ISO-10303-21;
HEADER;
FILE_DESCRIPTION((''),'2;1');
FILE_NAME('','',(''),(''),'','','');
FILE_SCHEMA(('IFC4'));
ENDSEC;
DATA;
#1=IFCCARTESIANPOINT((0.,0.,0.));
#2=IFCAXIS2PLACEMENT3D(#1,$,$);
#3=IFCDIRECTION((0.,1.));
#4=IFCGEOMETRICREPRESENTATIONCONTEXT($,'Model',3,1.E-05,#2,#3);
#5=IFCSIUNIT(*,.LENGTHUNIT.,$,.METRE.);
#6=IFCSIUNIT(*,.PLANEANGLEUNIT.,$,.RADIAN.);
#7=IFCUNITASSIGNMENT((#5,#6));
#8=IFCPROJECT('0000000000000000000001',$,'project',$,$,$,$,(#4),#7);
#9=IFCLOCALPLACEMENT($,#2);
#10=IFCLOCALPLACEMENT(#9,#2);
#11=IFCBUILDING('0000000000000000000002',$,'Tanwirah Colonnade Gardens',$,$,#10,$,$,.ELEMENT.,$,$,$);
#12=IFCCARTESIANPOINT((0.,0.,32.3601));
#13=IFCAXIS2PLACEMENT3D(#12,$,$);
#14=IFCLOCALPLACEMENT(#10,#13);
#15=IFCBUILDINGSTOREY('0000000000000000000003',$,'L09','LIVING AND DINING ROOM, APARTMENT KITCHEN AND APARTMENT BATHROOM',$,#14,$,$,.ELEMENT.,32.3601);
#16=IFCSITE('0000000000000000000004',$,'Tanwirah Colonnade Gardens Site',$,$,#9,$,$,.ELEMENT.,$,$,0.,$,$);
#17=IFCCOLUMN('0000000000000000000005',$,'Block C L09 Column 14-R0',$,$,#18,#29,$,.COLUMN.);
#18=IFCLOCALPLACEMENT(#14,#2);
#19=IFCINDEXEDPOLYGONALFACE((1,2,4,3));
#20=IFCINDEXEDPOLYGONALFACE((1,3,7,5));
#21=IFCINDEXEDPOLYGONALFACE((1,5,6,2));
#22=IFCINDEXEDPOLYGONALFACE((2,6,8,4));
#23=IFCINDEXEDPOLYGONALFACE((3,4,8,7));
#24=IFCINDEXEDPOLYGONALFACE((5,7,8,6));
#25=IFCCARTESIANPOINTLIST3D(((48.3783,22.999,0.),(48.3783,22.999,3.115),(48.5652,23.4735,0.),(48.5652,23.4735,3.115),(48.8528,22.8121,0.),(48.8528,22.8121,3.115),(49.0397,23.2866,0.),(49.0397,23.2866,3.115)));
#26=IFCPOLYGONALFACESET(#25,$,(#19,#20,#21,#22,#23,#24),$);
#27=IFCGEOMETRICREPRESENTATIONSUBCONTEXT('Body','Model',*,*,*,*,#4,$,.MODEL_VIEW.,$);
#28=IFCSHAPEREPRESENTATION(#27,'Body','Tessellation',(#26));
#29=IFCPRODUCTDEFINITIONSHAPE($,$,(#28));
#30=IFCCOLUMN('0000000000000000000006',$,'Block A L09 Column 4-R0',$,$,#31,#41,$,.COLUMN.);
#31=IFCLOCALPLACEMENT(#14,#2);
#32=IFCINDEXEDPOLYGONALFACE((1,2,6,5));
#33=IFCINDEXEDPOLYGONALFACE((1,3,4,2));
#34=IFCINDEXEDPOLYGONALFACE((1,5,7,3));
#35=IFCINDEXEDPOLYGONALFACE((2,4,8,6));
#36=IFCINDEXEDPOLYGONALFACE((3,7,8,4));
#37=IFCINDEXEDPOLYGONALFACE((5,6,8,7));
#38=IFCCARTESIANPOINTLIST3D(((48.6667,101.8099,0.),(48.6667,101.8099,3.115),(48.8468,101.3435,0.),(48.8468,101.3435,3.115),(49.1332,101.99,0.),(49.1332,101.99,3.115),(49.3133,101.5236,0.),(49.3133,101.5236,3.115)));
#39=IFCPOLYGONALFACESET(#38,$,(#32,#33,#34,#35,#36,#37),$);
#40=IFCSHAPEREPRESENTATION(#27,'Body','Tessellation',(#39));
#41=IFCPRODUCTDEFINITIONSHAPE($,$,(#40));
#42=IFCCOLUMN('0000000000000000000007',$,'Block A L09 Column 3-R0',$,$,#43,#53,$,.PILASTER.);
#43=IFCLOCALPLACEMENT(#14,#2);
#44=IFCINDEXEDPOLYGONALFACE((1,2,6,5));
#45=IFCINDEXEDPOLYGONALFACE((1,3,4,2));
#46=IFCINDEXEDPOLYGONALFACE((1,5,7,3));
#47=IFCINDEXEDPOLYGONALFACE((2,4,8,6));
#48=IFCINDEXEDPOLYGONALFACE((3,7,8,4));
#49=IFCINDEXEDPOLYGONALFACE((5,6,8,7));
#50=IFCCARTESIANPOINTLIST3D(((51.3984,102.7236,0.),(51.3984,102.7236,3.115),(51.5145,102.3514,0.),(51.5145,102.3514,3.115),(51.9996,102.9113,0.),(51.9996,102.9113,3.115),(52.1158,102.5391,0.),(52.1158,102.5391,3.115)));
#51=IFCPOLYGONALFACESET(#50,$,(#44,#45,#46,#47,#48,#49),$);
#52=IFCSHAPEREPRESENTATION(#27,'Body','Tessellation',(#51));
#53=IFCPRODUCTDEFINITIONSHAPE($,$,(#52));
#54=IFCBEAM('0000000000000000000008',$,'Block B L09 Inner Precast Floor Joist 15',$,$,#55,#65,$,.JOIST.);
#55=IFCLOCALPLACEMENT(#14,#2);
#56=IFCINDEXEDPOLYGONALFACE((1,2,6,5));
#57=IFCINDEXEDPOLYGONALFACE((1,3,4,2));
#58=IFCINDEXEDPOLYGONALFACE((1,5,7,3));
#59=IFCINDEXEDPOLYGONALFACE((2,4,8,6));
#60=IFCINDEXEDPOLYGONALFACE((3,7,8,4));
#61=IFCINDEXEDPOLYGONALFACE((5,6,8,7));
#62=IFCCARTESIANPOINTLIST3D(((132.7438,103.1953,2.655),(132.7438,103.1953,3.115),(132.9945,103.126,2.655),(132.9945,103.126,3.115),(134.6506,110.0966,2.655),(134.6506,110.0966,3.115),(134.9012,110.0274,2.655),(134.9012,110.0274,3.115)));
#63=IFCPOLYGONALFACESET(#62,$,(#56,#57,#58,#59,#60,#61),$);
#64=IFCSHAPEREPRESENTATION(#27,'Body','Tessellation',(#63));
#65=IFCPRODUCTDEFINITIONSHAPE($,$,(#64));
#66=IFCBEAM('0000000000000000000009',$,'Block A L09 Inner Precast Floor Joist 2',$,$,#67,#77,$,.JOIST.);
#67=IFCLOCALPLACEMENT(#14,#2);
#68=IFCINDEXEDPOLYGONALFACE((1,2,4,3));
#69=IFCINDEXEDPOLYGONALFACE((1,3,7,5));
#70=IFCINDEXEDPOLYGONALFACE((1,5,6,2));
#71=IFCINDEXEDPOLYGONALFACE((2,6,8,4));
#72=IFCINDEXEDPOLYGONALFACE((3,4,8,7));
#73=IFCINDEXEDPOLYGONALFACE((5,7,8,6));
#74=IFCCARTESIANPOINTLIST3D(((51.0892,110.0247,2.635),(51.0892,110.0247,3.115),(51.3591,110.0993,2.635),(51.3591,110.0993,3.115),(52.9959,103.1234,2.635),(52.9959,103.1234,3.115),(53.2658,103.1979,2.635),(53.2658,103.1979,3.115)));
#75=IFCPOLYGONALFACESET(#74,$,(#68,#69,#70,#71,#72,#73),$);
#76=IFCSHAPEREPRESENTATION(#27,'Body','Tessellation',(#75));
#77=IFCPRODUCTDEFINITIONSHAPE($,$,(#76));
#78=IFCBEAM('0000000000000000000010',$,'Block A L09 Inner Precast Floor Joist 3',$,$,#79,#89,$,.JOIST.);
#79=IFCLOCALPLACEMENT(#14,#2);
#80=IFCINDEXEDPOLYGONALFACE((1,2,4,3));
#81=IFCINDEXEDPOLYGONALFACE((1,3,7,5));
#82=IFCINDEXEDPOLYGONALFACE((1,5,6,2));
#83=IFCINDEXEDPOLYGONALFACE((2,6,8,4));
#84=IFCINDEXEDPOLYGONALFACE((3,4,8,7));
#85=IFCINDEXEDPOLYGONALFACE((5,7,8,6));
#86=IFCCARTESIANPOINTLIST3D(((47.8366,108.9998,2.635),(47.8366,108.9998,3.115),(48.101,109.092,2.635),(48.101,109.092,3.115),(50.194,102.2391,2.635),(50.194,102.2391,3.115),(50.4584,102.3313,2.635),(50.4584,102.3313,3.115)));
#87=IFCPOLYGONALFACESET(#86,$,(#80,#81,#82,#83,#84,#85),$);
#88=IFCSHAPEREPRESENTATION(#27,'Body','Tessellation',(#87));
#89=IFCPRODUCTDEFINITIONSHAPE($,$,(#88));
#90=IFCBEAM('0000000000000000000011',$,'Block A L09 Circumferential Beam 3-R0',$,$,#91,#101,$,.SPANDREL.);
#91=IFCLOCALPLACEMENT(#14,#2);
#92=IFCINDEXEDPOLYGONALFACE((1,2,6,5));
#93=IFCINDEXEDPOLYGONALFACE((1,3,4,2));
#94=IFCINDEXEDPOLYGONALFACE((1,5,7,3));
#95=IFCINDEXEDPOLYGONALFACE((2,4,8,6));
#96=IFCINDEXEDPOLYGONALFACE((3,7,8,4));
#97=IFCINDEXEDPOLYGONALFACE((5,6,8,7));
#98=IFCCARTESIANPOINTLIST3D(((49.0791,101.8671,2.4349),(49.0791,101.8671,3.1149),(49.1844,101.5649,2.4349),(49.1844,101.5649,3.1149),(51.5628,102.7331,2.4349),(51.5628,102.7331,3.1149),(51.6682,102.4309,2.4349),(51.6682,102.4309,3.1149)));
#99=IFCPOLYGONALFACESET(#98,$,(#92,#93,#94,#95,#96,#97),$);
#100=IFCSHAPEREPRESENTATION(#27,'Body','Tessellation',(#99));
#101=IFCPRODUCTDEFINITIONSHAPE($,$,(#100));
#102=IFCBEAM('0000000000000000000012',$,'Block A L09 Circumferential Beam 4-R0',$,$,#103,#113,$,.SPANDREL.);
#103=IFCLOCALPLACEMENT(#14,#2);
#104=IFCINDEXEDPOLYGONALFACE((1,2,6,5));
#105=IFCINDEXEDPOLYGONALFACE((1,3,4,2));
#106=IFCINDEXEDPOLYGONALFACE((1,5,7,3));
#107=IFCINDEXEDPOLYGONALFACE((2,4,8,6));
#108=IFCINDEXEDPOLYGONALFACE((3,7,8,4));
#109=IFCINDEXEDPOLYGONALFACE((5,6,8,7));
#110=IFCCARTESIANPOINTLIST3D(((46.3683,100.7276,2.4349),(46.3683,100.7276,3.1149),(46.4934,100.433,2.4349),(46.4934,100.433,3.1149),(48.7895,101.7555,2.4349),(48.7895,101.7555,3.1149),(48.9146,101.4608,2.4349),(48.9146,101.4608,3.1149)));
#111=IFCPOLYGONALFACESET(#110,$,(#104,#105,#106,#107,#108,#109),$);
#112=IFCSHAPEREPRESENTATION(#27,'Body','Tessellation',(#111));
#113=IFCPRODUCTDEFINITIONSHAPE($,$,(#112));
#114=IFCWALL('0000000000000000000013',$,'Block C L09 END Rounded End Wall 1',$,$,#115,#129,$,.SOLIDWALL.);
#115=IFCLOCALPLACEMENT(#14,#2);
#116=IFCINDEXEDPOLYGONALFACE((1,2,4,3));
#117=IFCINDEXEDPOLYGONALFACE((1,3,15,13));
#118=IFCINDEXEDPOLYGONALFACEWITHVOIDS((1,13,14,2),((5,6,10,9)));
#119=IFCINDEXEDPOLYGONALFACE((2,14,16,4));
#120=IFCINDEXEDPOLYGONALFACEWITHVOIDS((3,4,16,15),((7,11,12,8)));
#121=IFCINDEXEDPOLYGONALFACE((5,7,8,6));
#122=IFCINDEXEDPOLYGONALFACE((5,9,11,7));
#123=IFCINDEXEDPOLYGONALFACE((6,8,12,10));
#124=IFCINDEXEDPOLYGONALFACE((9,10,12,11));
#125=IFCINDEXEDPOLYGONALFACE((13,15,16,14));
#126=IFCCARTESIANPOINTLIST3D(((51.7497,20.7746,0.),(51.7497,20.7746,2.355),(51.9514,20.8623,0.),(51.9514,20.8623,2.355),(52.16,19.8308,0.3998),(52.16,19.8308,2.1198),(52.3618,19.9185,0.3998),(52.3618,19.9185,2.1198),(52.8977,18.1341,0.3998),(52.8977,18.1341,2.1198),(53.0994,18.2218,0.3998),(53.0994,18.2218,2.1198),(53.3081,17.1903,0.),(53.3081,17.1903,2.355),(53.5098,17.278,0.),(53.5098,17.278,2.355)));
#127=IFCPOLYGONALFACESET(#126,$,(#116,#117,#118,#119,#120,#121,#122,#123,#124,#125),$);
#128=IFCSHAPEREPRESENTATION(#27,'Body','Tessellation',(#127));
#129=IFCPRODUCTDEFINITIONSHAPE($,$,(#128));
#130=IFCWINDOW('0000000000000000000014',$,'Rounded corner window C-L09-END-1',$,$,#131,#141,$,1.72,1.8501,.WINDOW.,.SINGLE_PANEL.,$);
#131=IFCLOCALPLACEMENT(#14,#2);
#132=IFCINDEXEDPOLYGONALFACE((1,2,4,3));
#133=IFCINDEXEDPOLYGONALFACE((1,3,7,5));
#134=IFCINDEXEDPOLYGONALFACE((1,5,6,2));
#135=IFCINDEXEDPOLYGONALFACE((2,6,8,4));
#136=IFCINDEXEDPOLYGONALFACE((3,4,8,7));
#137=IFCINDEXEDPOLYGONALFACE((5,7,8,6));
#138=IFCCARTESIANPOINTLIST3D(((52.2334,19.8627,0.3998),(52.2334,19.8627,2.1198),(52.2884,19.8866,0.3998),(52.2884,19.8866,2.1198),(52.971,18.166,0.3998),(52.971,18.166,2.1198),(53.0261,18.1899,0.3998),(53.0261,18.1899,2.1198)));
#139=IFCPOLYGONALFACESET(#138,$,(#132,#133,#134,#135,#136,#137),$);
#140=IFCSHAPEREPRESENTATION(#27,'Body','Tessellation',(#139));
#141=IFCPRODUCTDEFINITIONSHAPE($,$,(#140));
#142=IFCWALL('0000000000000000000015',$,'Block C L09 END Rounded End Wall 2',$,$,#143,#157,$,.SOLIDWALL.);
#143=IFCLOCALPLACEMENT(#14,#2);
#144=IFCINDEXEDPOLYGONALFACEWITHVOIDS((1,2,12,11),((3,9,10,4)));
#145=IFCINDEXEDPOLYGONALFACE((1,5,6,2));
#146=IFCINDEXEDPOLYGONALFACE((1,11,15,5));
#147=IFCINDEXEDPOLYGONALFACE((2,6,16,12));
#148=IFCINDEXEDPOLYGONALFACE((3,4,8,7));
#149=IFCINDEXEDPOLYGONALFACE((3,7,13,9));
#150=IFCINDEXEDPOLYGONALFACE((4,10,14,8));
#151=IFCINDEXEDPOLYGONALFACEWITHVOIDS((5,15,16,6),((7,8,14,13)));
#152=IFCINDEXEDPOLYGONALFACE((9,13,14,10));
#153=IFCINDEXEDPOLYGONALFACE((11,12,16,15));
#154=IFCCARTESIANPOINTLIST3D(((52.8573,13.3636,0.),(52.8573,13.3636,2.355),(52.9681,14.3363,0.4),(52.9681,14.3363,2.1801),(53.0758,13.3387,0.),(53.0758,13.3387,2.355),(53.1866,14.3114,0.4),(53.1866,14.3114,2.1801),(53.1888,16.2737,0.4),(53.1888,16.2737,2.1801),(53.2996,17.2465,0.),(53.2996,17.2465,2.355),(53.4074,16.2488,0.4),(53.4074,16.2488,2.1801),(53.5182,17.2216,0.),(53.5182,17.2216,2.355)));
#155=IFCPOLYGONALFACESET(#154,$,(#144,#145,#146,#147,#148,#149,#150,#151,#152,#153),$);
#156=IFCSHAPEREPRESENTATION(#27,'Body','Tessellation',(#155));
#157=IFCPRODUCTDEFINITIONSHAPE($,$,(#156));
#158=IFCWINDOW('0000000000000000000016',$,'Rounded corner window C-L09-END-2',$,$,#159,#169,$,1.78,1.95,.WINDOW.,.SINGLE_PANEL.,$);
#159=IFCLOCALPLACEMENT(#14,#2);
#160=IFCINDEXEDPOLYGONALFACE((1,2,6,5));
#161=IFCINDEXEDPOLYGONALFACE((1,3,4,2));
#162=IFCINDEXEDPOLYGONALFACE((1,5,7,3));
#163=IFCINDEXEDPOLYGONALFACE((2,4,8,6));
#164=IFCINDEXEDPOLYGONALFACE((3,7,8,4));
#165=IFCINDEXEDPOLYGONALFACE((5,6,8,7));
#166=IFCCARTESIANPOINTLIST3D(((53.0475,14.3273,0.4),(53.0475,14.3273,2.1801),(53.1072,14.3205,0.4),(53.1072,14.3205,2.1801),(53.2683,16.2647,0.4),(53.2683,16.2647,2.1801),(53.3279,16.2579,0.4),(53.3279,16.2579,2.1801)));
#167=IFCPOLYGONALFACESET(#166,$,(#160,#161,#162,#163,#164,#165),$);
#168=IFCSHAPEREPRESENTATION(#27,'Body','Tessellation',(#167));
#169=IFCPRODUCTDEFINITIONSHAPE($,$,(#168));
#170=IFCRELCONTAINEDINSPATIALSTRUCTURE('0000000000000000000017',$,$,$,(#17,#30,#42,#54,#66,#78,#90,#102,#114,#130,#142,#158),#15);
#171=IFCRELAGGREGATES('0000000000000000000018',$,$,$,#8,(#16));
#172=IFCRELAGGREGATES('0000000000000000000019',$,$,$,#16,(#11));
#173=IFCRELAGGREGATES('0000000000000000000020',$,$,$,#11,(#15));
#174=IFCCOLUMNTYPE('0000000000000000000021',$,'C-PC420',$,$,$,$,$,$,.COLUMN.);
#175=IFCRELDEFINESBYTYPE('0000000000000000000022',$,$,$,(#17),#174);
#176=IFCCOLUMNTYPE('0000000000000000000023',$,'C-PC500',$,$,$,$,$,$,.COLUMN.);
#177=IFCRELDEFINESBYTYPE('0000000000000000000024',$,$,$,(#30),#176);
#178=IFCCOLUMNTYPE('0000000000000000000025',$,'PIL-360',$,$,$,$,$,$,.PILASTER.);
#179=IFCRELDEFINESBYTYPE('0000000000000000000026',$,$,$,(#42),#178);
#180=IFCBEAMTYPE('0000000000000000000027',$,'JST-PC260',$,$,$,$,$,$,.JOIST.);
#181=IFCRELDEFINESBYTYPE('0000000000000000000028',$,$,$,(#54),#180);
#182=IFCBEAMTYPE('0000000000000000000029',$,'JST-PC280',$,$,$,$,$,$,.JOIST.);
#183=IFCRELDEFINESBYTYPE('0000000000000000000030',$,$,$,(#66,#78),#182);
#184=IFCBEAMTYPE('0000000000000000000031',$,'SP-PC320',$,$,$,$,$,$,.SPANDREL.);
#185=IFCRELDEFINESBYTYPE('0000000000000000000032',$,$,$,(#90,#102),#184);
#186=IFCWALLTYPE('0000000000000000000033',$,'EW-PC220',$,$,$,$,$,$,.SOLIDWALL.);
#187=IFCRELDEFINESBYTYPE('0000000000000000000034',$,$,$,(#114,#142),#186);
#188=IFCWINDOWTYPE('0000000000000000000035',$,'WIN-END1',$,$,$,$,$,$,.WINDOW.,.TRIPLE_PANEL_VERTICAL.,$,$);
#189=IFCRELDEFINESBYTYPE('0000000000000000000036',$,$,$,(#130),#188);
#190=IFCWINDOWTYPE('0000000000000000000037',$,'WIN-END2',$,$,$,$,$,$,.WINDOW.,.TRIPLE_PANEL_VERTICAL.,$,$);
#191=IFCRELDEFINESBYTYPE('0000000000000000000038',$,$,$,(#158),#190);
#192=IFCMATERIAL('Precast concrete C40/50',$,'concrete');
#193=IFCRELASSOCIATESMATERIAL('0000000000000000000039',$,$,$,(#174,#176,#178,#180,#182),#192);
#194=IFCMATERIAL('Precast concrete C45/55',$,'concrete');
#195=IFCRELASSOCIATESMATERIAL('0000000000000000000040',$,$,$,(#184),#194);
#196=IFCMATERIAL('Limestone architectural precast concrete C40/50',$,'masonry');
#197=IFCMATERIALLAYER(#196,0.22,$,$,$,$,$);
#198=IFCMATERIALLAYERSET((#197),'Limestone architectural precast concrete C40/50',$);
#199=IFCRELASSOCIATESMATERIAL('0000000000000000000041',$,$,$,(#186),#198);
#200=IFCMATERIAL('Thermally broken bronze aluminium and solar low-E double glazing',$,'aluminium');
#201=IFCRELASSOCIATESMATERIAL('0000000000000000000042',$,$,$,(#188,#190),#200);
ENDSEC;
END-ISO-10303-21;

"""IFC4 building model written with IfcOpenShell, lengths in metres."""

from ifc_helpers import new_model, si_unit, direction, frame, frame_2d, origin, origin_2d, place, context, subcontext, project, spatial, rectangle, extrude, material, layer, layer_set, material_profile, profile_set, type_object, element, fill, save


model = new_model("IFC4")

# Units and contexts
model_context = context("Model", 3, precision=1e-05, world=origin(), true_north=direction((0.0, 1.0)))
body_context = subcontext(model_context, "Body", "Model", "MODEL_VIEW")
ifc_project = project(units=[si_unit("LENGTHUNIT", "METRE"), si_unit("PLANEANGLEUNIT", "RADIAN")], contexts=[model_context])

# Site, building, storey
site_placement = place(None, origin())
site = spatial("IfcSite", under=ifc_project, at=site_placement, Name="Tanwirah Colonnade Gardens Site", CompositionType="ELEMENT", RefElevation=0.0)
building_placement = place(site_placement, origin())
building = spatial("IfcBuilding", under=site, at=building_placement, Name="Tanwirah Colonnade Gardens", CompositionType="ELEMENT")
storey_placement = place(building_placement, frame((0.0, 0.0, 32.3601)))
storey = spatial("IfcBuildingStorey", under=building, at=storey_placement, Name="L09", Description="LIVING AND DINING ROOM, APARTMENT KITCHEN AND APARTMENT BATHROOM", CompositionType="ELEMENT", Elevation=32.3601)

# Columns
ifc_material_1 = material(Name="Precast concrete C40/50", Category="concrete")
ifc_material_profile_1 = material_profile(ifc_material_1, rectangle(XDim=0.51, YDim=0.51, at=origin_2d()), Name="PC-COL 510x510")
ifc_profile_set_1 = profile_set([ifc_material_profile_1], Name="Precast concrete C40/50")
column_type_1 = type_object("IfcColumnType", Name="C-PC420", PredefinedType="COLUMN", material=ifc_profile_set_1)
column_1_placement = place(storey_placement, frame((48.709, 23.1428, 0.0), z_axis=(0.0, 0.0, 1.0), x_axis=(-0.366501, -0.930418, 0.0)))
element("IfcColumn", 1, at=column_1_placement, inside=storey, type_object=column_type_1, Name="Block C L09 Column 14-R0", PredefinedType="COLUMN", context=body_context, shape_type="SweptSolid", body=[
    extrude(rectangle(XDim=0.51, YDim=0.51, at=origin_2d()), origin(), (0.0, 0.0, 1.0), 3.115),
])
ifc_material_profile_2 = material_profile(ifc_material_1, rectangle(XDim=0.5, YDim=0.5, at=origin_2d()), Name="PC-COL 500x500")
ifc_profile_set_2 = profile_set([ifc_material_profile_2], Name="Precast concrete C40/50")
column_type_2 = type_object("IfcColumnType", Name="C-PC500", PredefinedType="COLUMN", material=ifc_profile_set_2)
column_2_placement = place(storey_placement, frame((48.99, 101.6667, 0.0), z_axis=(0.0, 0.0, 1.0), x_axis=(-0.360178, 0.932884, 0.0)))
element("IfcColumn", 2, at=column_2_placement, inside=storey, type_object=column_type_2, Name="Block A L09 Column 4-R0", PredefinedType="COLUMN", context=body_context, shape_type="SweptSolid", body=[
    extrude(rectangle(XDim=0.5, YDim=0.5, at=origin_2d()), origin(), (0.0, 0.0, 1.0), 3.115),
])
ifc_material_profile_3 = material_profile(ifc_material_1, rectangle(XDim=0.3899, YDim=0.6299, at=origin_2d()), Name="PC-PIL 390x630")
ifc_profile_set_3 = profile_set([ifc_material_profile_3], Name="Precast concrete C40/50")
column_type_3 = type_object("IfcColumnType", Name="PIL-360", PredefinedType="PILASTER", material=ifc_profile_set_3)
column_3_placement = place(storey_placement, frame((51.7571, 102.6313, 0.0), z_axis=(0.0, 0.0, 1.0), x_axis=(-0.29793, 0.954588, 0.0)))
element("IfcColumn", 3, at=column_3_placement, inside=storey, type_object=column_type_3, Name="Block A L09 Column 3-R0", PredefinedType="PILASTER", context=body_context, shape_type="SweptSolid", body=[
    extrude(rectangle(XDim=0.3899, YDim=0.6299, at=origin_2d()), origin(), (0.0, 0.0, 1.0), 3.115),
])

# Beams
ifc_material_profile_4 = material_profile(ifc_material_1, rectangle(XDim=0.26, YDim=0.46, at=origin_2d()), Name="PC-JST 260x460")
ifc_profile_set_4 = profile_set([ifc_material_profile_4], Name="Precast concrete C40/50")
beam_type_1 = type_object("IfcBeamType", Name="JST-PC260", PredefinedType="JOIST", material=ifc_profile_set_4)
beam_placement = place(storey_placement, frame((132.8691, 103.1606, 2.885), z_axis=(0.266307, 0.963888, 0.0), x_axis=(-0.963888, 0.266307, 0.0)))
element("IfcBeam", 4, at=beam_placement, inside=storey, type_object=beam_type_1, Name="Block B L09 Inner Precast Floor Joist 15", PredefinedType="JOIST", context=body_context, shape_type="SweptSolid", body=[
    extrude(rectangle(XDim=0.26, YDim=0.46, at=origin_2d()), origin(), (0.0, 0.0, 1.0), 7.1599),
])
ifc_material_profile_5 = material_profile(ifc_material_1, rectangle(XDim=0.28, YDim=0.48, at=origin_2d()), Name="PC-JST 280x480")
ifc_profile_set_5 = profile_set([ifc_material_profile_5], Name="Precast concrete C40/50")
beam_type_2 = type_object("IfcBeamType", Name="JST-PC280", PredefinedType="JOIST", material=ifc_profile_set_5)
for number, where, z_axis, x_axis, name in (
    (5, (53.1309, 103.1606, 2.875), (-0.266307, 0.963888, 0.0), (-0.963888, -0.266307, 0.0), "Block A L09 Inner Precast Floor Joist 2"),
    (6, (50.3262, 102.2852, 2.875), (-0.329251, 0.944243, 0.0), (-0.944243, -0.329251, 0.0), "Block A L09 Inner Precast Floor Joist 3"),
):
    element("IfcBeam", number, at=place(storey_placement, frame(where, z_axis=z_axis, x_axis=x_axis)), inside=storey, type_object=beam_type_2, Name=name, PredefinedType="JOIST", context=body_context, shape_type="SweptSolid", body=[
        extrude(rectangle(XDim=0.28, YDim=0.48, at=origin_2d()), origin(), (0.0, 0.0, 1.0), 7.1599),
    ])
ifc_material_2 = material(Name="Precast concrete C45/55", Category="concrete")
ifc_material_profile_6 = material_profile(ifc_material_2, rectangle(XDim=0.3201, YDim=0.6799, at=origin_2d()), Name="PC-SP 320x680")
ifc_profile_set_6 = profile_set([ifc_material_profile_6], Name="Precast concrete C45/55")
beam_type_3 = type_object("IfcBeamType", Name="SP-PC320", PredefinedType="SPANDREL", material=ifc_profile_set_6)
for number, where, z_axis, x_axis, name in (
    (7, (51.6155, 102.582, 2.7749), (-0.94425, -0.32923, 0.0), (0.32923, -0.94425, 0.0), "Block A L09 Circumferential Beam 3-R0"),
    (8, (48.8521, 101.6082, 2.7749), (-0.920489, -0.390769, 0.0), (0.390769, -0.920489, 0.0), "Block A L09 Circumferential Beam 4-R0"),
):
    element("IfcBeam", number, at=place(storey_placement, frame(where, z_axis=z_axis, x_axis=x_axis)), inside=storey, type_object=beam_type_3, Name=name, PredefinedType="SPANDREL", context=body_context, shape_type="SweptSolid", body=[
        extrude(rectangle(XDim=0.3201, YDim=0.6799, at=origin_2d()), origin(), (0.0, 0.0, 1.0), 2.6304),
    ])

# Walls, openings, windows
ifc_material_3 = material(Name="Limestone architectural precast concrete C40/50", Category="masonry")
ifc_layer_1 = layer(ifc_material_3, 0.22)
ifc_layer_set_1 = layer_set([ifc_layer_1], Name="Limestone architectural precast concrete C40/50")
wall_type_1 = type_object("IfcWallType", Name="EW-PC220", PredefinedType="SOLIDWALL", material=ifc_layer_set_1)
wall_1_placement = place(storey_placement, frame((51.8506, 20.8184, 0.0), z_axis=(0.0, 0.0, 1.0), x_axis=(0.398724, -0.917071, 0.0)))
wall_1 = element("IfcWall", 9, at=wall_1_placement, inside=storey, type_object=wall_type_1, Name="Block C L09 END Rounded End Wall 1", PredefinedType="SOLIDWALL", context=body_context, shape_type="SweptSolid", body=[
    extrude(rectangle(XDim=3.9084, YDim=0.22, at=frame_2d((1.9541, 0.0))), origin(), (0.0, 0.0, 1.0), 2.355),
])
opening_1_placement = place(wall_1_placement, frame((1.0291, 0.0, 0.3999)))
opening_1 = element("IfcOpeningElement", 10, at=opening_1_placement, cuts=wall_1, PredefinedType="OPENING", context=body_context, shape_type="SweptSolid", body=[
    extrude(rectangle(XDim=1.8501, YDim=1.72, at=frame_2d((0.925, 0.8599))), frame((0.0, 0.1199, 0.0), z_axis=(0.0, -1.0, 0.0), x_axis=(1.0, 0.0, 0.0)), (0.0, 0.0, 1.0), 0.24),
])
ifc_material_4 = material(Name="Thermally broken bronze aluminium and solar low-E double glazing", Category="aluminium")
window_type_1 = type_object("IfcWindowType", Name="WIN-END1", PartitioningType="TRIPLE_PANEL_VERTICAL", PredefinedType="WINDOW", material=ifc_material_4)
window_1_placement = place(opening_1_placement, origin())
window_1 = element("IfcWindow", 11, at=window_1_placement, inside=storey, type_object=window_type_1, Name="Rounded corner window C-L09-END-1", OverallHeight=1.72, OverallWidth=1.8501, PartitioningType="SINGLE_PANEL", PredefinedType="WINDOW", context=body_context, shape_type="SweptSolid", body=[
    extrude(rectangle(XDim=1.8501, YDim=1.72, at=frame_2d((0.925, 0.8599))), frame((0.0, 0.03, 0.0), z_axis=(0.0, -1.0, 0.0), x_axis=(1.0, 0.0, 0.0)), (0.0, 0.0, 1.0), 0.0601),
])
fill(opening_1, window_1)
wall_2_placement = place(storey_placement, frame((53.4089, 17.2341, 0.0), z_axis=(0.0, 0.0, 1.0), x_axis=(-0.113201, -0.993572, 0.0)))
wall_2 = element("IfcWall", 12, at=wall_2_placement, inside=storey, type_object=wall_type_1, Name="Block C L09 END Rounded End Wall 2", PredefinedType="SOLIDWALL", context=body_context, shape_type="SweptSolid", body=[
    extrude(rectangle(XDim=3.908, YDim=0.22, at=frame_2d((1.9541, 0.0))), origin(), (0.0, 0.0, 1.0), 2.355),
])
opening_2_placement = place(wall_2_placement, frame((0.979, 0.0, 0.3999)))
opening_2 = element("IfcOpeningElement", 13, at=opening_2_placement, cuts=wall_2, PredefinedType="OPENING", context=body_context, shape_type="SweptSolid", body=[
    extrude(rectangle(XDim=1.95, YDim=1.78, at=frame_2d((0.9751, 0.8901))), frame((0.0, 0.1199, 0.0), z_axis=(0.0, -1.0, 0.0), x_axis=(1.0, 0.0, 0.0)), (0.0, 0.0, 1.0), 0.24),
])
window_type_2 = type_object("IfcWindowType", Name="WIN-END2", PartitioningType="TRIPLE_PANEL_VERTICAL", PredefinedType="WINDOW", material=ifc_material_4)
window_2_placement = place(opening_2_placement, origin())
window_2 = element("IfcWindow", 14, at=window_2_placement, inside=storey, type_object=window_type_2, Name="Rounded corner window C-L09-END-2", OverallHeight=1.78, OverallWidth=1.95, PartitioningType="SINGLE_PANEL", PredefinedType="WINDOW", context=body_context, shape_type="SweptSolid", body=[
    extrude(rectangle(XDim=1.95, YDim=1.78, at=frame_2d((0.9751, 0.8901))), frame((0.0, 0.03, 0.0), z_axis=(0.0, -1.0, 0.0), x_axis=(1.0, 0.0, 0.0)), (0.0, 0.0, 1.0), 0.0601),
])
fill(opening_2, window_2)

save(model, "model.ifc")
